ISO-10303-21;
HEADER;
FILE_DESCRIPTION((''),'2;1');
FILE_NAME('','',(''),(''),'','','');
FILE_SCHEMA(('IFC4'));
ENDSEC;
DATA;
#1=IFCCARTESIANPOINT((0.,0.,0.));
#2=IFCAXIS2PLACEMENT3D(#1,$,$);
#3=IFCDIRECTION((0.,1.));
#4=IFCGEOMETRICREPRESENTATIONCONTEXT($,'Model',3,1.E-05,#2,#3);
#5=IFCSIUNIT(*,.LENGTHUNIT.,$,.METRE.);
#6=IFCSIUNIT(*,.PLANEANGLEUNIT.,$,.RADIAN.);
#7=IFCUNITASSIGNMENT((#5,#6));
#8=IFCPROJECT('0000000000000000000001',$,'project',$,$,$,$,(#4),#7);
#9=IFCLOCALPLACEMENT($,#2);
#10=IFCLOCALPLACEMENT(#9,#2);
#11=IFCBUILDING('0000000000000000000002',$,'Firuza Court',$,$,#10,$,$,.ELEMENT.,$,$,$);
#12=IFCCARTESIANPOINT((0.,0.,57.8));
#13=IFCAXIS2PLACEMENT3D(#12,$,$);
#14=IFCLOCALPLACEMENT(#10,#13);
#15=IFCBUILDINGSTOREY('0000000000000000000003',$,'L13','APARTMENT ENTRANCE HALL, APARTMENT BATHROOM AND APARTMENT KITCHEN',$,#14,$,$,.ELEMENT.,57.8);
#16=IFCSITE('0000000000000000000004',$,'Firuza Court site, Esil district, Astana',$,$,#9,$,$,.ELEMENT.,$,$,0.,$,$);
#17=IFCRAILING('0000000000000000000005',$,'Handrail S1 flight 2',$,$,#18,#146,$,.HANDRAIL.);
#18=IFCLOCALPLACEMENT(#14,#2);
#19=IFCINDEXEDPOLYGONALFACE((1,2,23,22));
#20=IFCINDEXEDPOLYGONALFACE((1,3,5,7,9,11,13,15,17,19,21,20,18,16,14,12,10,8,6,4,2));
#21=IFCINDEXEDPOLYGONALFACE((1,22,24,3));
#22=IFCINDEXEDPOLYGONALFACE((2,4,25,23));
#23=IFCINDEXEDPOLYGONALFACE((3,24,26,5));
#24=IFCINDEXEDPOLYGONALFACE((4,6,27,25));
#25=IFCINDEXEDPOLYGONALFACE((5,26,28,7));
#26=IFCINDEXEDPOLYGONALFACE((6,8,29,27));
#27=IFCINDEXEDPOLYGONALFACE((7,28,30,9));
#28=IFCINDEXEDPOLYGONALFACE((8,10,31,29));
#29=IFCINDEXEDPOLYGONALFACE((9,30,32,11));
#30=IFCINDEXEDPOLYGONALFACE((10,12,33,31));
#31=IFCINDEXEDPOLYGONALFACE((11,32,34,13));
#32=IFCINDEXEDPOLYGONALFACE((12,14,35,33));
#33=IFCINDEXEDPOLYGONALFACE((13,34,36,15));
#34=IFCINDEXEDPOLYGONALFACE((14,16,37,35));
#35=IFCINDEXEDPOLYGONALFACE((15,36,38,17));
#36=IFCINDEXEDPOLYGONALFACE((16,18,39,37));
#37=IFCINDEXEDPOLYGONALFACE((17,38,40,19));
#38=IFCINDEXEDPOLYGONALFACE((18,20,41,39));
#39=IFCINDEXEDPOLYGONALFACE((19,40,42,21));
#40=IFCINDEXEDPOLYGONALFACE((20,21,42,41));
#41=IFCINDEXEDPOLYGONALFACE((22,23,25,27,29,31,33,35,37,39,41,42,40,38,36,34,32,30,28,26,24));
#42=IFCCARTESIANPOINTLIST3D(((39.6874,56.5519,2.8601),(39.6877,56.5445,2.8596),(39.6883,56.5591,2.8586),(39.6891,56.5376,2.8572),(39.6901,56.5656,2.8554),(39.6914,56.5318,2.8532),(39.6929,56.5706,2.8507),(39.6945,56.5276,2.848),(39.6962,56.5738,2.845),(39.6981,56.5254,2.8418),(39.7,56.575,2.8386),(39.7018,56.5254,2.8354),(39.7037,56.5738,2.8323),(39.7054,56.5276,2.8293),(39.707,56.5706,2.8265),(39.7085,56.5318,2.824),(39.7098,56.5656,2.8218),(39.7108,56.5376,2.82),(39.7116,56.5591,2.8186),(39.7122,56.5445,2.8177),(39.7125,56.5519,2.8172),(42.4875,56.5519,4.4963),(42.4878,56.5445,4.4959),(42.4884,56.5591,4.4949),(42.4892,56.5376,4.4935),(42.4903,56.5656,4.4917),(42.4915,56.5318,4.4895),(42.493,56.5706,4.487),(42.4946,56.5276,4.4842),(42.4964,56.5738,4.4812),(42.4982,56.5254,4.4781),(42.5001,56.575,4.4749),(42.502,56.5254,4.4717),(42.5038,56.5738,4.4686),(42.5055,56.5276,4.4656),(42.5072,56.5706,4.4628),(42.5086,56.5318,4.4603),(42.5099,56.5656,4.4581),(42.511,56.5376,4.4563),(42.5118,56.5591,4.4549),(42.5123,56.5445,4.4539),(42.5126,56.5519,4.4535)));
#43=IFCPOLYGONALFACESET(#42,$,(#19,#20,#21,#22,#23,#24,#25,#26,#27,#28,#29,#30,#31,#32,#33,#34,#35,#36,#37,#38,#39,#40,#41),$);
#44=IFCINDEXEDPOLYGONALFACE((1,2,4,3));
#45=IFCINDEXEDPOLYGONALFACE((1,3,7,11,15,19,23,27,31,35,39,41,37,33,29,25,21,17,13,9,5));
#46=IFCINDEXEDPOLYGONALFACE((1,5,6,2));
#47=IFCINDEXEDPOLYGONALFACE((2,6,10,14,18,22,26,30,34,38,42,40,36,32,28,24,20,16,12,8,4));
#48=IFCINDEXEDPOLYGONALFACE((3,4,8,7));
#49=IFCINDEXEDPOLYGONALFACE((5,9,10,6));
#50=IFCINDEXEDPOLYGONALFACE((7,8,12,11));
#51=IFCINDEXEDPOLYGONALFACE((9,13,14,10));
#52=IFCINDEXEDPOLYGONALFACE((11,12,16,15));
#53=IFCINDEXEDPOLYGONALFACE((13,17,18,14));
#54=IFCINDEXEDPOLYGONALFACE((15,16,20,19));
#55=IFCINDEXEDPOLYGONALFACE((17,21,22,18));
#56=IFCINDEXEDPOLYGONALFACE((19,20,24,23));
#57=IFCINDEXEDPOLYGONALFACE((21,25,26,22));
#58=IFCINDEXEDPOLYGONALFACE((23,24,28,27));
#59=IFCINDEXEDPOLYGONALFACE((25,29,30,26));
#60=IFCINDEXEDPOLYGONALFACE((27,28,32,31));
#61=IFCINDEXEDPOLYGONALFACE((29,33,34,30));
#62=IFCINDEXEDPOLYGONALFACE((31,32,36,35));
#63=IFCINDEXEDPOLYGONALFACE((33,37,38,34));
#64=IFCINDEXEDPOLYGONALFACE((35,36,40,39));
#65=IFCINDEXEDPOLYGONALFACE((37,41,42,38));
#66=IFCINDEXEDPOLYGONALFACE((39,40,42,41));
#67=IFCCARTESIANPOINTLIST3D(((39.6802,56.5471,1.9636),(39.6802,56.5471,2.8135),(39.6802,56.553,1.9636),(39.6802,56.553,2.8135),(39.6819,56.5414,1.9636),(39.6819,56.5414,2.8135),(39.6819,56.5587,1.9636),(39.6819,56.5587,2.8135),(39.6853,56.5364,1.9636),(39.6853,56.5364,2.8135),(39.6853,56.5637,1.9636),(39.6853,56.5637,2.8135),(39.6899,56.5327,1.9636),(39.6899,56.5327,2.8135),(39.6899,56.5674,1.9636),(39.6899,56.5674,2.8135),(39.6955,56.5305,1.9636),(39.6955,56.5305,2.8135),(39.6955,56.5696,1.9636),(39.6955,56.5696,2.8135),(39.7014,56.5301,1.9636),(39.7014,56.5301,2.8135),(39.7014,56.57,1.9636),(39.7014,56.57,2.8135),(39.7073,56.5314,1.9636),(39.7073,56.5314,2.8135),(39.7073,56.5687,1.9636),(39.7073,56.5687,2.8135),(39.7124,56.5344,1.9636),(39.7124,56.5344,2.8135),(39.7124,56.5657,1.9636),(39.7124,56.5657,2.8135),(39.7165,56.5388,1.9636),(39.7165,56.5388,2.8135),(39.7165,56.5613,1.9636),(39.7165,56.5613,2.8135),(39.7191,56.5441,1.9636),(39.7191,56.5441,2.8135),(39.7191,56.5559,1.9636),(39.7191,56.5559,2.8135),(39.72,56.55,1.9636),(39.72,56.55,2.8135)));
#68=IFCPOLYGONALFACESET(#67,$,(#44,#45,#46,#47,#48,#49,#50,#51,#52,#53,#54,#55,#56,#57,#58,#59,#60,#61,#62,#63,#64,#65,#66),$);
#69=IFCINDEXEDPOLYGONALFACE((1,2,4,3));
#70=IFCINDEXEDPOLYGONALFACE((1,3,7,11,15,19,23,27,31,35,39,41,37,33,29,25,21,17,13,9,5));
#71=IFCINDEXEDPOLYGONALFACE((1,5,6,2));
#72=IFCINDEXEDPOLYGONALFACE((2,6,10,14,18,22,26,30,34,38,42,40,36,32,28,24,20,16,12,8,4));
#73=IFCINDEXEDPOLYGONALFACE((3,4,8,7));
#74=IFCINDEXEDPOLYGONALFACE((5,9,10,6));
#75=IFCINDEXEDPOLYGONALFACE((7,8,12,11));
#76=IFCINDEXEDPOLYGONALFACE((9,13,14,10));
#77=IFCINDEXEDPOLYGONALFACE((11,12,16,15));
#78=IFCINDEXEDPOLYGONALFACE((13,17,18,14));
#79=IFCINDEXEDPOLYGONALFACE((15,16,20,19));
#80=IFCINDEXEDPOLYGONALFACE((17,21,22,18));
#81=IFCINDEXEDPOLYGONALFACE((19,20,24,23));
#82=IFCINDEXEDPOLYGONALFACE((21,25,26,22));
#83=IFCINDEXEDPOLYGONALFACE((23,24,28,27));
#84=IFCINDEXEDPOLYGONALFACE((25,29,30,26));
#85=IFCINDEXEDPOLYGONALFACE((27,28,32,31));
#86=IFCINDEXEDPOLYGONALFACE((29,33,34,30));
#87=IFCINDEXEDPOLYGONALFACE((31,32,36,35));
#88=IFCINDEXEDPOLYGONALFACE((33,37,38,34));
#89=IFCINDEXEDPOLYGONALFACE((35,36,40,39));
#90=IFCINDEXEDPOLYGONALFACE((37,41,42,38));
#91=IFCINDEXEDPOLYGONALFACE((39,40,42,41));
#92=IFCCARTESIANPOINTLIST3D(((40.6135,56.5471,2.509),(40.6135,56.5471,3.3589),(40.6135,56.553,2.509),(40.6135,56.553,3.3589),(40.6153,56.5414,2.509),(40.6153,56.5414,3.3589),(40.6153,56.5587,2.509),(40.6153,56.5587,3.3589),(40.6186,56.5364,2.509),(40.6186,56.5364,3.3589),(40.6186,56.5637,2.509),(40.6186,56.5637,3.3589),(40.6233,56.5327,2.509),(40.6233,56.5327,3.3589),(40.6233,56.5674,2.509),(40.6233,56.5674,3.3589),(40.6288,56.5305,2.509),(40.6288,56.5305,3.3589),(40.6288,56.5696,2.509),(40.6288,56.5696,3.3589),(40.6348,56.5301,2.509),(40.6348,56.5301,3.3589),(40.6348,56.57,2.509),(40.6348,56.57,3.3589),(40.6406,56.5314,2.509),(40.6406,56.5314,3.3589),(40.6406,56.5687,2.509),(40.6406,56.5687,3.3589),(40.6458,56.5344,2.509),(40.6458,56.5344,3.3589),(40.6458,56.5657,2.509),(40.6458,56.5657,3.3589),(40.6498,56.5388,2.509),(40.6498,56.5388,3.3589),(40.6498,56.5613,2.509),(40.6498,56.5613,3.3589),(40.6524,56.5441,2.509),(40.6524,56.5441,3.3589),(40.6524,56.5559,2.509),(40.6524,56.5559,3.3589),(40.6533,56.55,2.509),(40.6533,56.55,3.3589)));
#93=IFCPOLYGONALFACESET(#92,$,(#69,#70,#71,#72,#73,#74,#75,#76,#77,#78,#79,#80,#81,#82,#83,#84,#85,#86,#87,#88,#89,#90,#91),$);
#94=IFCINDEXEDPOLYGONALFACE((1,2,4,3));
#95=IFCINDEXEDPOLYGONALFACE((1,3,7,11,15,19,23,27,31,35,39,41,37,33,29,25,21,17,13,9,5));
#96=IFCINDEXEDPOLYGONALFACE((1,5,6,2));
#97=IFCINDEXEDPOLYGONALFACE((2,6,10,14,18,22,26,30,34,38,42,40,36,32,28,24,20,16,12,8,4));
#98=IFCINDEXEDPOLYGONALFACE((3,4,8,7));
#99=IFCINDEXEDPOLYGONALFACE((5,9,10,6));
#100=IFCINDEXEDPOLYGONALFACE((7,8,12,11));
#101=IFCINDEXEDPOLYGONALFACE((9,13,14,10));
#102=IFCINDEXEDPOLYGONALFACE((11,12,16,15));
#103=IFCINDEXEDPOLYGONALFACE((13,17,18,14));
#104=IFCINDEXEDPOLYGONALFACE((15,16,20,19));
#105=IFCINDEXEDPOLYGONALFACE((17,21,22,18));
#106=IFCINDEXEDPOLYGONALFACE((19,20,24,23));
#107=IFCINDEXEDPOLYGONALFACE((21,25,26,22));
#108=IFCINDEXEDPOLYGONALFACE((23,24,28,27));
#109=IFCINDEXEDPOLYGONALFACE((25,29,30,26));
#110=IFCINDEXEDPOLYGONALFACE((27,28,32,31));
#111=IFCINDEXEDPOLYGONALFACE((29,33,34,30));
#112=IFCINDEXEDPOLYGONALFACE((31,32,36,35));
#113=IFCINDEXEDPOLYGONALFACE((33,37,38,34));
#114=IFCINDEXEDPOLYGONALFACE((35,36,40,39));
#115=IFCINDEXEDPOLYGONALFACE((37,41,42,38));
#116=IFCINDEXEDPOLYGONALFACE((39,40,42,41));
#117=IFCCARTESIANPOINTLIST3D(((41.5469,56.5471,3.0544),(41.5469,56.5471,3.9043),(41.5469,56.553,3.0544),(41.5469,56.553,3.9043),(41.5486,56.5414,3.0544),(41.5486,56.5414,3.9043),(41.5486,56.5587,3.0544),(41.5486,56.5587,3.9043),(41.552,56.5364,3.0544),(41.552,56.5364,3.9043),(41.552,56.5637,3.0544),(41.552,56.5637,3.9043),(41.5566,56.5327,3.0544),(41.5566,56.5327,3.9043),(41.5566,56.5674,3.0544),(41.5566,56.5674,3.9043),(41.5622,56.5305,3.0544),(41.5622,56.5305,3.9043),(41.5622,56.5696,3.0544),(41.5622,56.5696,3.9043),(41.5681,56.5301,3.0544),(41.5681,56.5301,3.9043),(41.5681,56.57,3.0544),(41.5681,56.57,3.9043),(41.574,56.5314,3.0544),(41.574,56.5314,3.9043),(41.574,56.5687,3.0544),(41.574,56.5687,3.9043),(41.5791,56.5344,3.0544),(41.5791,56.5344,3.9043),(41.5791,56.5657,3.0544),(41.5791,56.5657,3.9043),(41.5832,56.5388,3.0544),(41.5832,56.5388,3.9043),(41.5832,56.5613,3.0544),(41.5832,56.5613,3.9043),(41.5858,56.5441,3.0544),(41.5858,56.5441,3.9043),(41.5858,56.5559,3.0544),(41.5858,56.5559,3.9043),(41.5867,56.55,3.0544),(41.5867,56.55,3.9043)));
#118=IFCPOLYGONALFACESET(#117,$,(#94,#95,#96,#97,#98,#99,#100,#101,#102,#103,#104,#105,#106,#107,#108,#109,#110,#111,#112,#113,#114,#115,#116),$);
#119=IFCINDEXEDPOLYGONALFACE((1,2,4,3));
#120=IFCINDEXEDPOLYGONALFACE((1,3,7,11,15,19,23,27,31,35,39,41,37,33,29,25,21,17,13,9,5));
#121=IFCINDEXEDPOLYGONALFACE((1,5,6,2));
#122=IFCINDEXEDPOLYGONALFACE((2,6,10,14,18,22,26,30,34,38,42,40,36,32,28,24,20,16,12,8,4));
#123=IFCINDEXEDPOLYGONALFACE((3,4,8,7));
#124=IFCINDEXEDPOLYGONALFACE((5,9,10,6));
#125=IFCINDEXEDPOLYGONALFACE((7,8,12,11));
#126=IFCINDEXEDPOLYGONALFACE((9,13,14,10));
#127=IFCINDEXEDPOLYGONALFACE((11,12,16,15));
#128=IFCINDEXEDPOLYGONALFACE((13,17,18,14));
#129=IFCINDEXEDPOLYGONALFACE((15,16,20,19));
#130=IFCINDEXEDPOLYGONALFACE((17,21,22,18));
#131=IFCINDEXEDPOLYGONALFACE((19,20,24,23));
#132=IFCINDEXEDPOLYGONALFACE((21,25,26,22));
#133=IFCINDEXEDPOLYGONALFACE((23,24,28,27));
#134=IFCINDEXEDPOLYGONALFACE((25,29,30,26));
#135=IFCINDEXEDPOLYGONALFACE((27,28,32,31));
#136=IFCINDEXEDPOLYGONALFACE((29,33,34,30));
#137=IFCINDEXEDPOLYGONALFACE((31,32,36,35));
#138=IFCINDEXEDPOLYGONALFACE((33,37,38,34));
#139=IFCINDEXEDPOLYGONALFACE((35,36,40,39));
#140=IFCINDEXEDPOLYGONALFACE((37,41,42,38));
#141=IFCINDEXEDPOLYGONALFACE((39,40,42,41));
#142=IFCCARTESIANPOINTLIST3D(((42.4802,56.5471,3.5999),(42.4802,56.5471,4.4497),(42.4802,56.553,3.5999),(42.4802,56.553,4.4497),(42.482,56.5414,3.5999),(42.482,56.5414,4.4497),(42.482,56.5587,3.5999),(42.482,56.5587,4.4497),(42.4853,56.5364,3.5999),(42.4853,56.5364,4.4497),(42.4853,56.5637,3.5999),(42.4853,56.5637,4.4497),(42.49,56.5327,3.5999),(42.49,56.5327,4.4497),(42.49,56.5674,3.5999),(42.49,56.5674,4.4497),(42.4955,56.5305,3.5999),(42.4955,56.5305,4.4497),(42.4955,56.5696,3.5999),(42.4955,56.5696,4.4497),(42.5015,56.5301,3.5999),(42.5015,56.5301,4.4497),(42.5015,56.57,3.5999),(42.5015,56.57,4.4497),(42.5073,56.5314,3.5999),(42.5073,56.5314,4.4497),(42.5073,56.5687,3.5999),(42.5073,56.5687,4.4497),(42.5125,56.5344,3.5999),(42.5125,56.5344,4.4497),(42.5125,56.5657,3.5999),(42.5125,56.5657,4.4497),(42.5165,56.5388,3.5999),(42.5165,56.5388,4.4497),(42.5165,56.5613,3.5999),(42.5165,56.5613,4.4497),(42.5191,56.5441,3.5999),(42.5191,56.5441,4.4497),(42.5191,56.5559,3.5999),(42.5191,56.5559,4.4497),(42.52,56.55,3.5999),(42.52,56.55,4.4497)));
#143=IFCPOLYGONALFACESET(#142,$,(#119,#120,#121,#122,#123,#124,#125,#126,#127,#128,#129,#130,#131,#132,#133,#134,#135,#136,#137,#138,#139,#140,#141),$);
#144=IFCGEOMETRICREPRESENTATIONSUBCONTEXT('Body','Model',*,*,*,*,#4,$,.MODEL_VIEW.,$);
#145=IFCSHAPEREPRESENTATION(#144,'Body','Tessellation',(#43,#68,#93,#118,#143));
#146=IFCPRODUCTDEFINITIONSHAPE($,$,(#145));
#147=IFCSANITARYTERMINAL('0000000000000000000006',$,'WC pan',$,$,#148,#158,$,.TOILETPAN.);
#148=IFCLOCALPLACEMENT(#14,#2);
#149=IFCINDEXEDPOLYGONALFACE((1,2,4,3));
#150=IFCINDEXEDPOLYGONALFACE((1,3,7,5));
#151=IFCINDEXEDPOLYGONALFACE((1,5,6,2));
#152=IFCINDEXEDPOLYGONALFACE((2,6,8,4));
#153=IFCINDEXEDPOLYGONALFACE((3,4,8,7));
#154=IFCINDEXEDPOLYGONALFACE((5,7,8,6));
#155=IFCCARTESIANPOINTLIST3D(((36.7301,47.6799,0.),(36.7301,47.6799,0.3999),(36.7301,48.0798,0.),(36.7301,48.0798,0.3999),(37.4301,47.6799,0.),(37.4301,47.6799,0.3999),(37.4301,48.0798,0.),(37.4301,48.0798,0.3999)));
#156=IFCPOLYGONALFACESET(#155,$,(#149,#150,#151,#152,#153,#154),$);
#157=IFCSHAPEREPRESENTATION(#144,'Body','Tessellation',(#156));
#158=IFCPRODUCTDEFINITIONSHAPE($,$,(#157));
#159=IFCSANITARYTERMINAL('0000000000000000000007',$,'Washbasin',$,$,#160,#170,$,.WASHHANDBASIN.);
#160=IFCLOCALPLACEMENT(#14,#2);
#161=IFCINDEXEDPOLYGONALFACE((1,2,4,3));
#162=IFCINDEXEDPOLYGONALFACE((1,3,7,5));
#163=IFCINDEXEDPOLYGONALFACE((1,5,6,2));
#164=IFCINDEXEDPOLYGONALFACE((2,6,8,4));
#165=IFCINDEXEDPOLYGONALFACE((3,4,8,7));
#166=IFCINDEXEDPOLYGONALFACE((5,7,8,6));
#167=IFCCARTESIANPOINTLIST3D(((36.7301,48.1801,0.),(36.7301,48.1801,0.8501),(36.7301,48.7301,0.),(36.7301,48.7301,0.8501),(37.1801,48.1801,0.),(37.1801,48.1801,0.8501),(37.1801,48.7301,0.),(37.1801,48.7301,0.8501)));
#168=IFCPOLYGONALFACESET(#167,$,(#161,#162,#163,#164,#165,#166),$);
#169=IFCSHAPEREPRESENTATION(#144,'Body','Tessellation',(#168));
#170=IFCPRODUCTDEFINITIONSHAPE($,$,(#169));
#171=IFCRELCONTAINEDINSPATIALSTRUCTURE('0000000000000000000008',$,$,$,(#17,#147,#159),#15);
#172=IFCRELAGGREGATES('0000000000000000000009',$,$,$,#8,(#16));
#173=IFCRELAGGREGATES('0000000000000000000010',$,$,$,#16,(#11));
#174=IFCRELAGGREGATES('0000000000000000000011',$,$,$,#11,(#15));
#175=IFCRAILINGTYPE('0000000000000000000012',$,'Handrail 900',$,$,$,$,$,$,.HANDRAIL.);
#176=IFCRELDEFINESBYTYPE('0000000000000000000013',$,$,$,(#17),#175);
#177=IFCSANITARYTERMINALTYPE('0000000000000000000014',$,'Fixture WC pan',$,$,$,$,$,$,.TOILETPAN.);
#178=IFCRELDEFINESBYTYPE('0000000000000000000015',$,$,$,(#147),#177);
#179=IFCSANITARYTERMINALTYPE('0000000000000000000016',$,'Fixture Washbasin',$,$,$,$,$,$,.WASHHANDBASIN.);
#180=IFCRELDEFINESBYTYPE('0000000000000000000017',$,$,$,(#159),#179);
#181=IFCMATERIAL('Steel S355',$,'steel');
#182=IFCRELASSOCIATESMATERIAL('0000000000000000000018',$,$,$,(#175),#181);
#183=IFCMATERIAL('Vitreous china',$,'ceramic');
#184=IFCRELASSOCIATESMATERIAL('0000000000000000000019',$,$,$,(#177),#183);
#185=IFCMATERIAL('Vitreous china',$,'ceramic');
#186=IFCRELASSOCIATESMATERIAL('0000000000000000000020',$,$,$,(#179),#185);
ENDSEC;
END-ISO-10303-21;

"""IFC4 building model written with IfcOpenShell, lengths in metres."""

from ifc_helpers import new_model, si_unit, direction, frame, origin, origin_2d, place, context, subcontext, project, spatial, rectangle, circle, extrude, material, type_object, element, save


model = new_model("IFC4")

# Units and contexts
model_context = context("Model", 3, precision=1e-05, world=origin(), true_north=direction((0.0, 1.0)))
body_context = subcontext(model_context, "Body", "Model", "MODEL_VIEW")
ifc_project = project(units=[si_unit("LENGTHUNIT", "METRE"), si_unit("PLANEANGLEUNIT", "RADIAN")], contexts=[model_context])

# Site, building, storey
site_placement = place(None, origin())
site = spatial("IfcSite", under=ifc_project, at=site_placement, Name="Firuza Court site, Esil district, Astana", CompositionType="ELEMENT", RefElevation=0.0)
building_placement = place(site_placement, origin())
building = spatial("IfcBuilding", under=site, at=building_placement, Name="Firuza Court", CompositionType="ELEMENT")
storey_placement = place(building_placement, frame((0.0, 0.0, 57.8)))
storey = spatial("IfcBuildingStorey", under=building, at=storey_placement, Name="L13", Description="APARTMENT ENTRANCE HALL, APARTMENT BATHROOM AND APARTMENT KITCHEN", CompositionType="ELEMENT", Elevation=57.8)

# Railing
ifc_material_1 = material(Name="Steel S355", Category="steel")
railing_type_1 = type_object("IfcRailingType", Name="Handrail 900", PredefinedType="HANDRAIL", material=ifc_material_1)
railing_1_placement = place(storey_placement, frame((39.7, 56.55, 1.9636)))
element("IfcRailing", 1, at=railing_1_placement, inside=storey, type_object=railing_type_1, Name="Handrail S1 flight 2", PredefinedType="HANDRAIL", context=body_context, shape_type="SweptSolid", body=[
    extrude(circle(Radius=0.0249, at=origin_2d()), frame((0.0, 0.0, 0.875), z_axis=(0.863394, 0.0, 0.504531), x_axis=(0.0, 1.0, 0.0)), (0.0, 0.0, 1.0), 3.2432),
    extrude(circle(Radius=0.02, at=origin_2d()), origin(), (0.0, 0.0, 1.0), 0.8499),
    extrude(circle(Radius=0.02, at=origin_2d()), frame((0.9333, 0.0, 0.5454)), (0.0, 0.0, 1.0), 0.8499),
    extrude(circle(Radius=0.02, at=origin_2d()), frame((1.8667, 0.0, 1.0908)), (0.0, 0.0, 1.0), 0.8499),
    extrude(circle(Radius=0.02, at=origin_2d()), frame((2.8, 0.0, 1.6362)), (0.0, 0.0, 1.0), 0.8499),
])

# Sanitary terminals
ifc_material_2 = material(Name="Vitreous china", Category="ceramic")
sanitary_terminal_type_1 = type_object("IfcSanitaryTerminalType", Name="Fixture WC pan", PredefinedType="TOILETPAN", material=ifc_material_2)
sanitary_terminal_1_placement = place(storey_placement, frame((37.0801, 47.8799, 0.0), z_axis=(0.0, 0.0, 1.0), x_axis=(1.0, 0.0, 0.0)))
element("IfcSanitaryTerminal", 2, at=sanitary_terminal_1_placement, inside=storey, type_object=sanitary_terminal_type_1, Name="WC pan", PredefinedType="TOILETPAN", context=body_context, shape_type="SweptSolid", body=[
    extrude(rectangle(XDim=0.7, YDim=0.3999, at=origin_2d()), origin(), (0.0, 0.0, 1.0), 0.3999),
])
ifc_material_3 = material(Name="Vitreous china", Category="ceramic")
sanitary_terminal_type_2 = type_object("IfcSanitaryTerminalType", Name="Fixture Washbasin", PredefinedType="WASHHANDBASIN", material=ifc_material_3)
sanitary_terminal_2_placement = place(storey_placement, frame((36.9551, 48.4551, 0.0), z_axis=(0.0, 0.0, 1.0), x_axis=(1.0, 0.0, 0.0)))
element("IfcSanitaryTerminal", 3, at=sanitary_terminal_2_placement, inside=storey, type_object=sanitary_terminal_type_2, Name="Washbasin", PredefinedType="WASHHANDBASIN", context=body_context, shape_type="SweptSolid", body=[
    extrude(rectangle(XDim=0.45, YDim=0.55, at=origin_2d()), origin(), (0.0, 0.0, 1.0), 0.8501),
])

save(model, "model.ifc")
